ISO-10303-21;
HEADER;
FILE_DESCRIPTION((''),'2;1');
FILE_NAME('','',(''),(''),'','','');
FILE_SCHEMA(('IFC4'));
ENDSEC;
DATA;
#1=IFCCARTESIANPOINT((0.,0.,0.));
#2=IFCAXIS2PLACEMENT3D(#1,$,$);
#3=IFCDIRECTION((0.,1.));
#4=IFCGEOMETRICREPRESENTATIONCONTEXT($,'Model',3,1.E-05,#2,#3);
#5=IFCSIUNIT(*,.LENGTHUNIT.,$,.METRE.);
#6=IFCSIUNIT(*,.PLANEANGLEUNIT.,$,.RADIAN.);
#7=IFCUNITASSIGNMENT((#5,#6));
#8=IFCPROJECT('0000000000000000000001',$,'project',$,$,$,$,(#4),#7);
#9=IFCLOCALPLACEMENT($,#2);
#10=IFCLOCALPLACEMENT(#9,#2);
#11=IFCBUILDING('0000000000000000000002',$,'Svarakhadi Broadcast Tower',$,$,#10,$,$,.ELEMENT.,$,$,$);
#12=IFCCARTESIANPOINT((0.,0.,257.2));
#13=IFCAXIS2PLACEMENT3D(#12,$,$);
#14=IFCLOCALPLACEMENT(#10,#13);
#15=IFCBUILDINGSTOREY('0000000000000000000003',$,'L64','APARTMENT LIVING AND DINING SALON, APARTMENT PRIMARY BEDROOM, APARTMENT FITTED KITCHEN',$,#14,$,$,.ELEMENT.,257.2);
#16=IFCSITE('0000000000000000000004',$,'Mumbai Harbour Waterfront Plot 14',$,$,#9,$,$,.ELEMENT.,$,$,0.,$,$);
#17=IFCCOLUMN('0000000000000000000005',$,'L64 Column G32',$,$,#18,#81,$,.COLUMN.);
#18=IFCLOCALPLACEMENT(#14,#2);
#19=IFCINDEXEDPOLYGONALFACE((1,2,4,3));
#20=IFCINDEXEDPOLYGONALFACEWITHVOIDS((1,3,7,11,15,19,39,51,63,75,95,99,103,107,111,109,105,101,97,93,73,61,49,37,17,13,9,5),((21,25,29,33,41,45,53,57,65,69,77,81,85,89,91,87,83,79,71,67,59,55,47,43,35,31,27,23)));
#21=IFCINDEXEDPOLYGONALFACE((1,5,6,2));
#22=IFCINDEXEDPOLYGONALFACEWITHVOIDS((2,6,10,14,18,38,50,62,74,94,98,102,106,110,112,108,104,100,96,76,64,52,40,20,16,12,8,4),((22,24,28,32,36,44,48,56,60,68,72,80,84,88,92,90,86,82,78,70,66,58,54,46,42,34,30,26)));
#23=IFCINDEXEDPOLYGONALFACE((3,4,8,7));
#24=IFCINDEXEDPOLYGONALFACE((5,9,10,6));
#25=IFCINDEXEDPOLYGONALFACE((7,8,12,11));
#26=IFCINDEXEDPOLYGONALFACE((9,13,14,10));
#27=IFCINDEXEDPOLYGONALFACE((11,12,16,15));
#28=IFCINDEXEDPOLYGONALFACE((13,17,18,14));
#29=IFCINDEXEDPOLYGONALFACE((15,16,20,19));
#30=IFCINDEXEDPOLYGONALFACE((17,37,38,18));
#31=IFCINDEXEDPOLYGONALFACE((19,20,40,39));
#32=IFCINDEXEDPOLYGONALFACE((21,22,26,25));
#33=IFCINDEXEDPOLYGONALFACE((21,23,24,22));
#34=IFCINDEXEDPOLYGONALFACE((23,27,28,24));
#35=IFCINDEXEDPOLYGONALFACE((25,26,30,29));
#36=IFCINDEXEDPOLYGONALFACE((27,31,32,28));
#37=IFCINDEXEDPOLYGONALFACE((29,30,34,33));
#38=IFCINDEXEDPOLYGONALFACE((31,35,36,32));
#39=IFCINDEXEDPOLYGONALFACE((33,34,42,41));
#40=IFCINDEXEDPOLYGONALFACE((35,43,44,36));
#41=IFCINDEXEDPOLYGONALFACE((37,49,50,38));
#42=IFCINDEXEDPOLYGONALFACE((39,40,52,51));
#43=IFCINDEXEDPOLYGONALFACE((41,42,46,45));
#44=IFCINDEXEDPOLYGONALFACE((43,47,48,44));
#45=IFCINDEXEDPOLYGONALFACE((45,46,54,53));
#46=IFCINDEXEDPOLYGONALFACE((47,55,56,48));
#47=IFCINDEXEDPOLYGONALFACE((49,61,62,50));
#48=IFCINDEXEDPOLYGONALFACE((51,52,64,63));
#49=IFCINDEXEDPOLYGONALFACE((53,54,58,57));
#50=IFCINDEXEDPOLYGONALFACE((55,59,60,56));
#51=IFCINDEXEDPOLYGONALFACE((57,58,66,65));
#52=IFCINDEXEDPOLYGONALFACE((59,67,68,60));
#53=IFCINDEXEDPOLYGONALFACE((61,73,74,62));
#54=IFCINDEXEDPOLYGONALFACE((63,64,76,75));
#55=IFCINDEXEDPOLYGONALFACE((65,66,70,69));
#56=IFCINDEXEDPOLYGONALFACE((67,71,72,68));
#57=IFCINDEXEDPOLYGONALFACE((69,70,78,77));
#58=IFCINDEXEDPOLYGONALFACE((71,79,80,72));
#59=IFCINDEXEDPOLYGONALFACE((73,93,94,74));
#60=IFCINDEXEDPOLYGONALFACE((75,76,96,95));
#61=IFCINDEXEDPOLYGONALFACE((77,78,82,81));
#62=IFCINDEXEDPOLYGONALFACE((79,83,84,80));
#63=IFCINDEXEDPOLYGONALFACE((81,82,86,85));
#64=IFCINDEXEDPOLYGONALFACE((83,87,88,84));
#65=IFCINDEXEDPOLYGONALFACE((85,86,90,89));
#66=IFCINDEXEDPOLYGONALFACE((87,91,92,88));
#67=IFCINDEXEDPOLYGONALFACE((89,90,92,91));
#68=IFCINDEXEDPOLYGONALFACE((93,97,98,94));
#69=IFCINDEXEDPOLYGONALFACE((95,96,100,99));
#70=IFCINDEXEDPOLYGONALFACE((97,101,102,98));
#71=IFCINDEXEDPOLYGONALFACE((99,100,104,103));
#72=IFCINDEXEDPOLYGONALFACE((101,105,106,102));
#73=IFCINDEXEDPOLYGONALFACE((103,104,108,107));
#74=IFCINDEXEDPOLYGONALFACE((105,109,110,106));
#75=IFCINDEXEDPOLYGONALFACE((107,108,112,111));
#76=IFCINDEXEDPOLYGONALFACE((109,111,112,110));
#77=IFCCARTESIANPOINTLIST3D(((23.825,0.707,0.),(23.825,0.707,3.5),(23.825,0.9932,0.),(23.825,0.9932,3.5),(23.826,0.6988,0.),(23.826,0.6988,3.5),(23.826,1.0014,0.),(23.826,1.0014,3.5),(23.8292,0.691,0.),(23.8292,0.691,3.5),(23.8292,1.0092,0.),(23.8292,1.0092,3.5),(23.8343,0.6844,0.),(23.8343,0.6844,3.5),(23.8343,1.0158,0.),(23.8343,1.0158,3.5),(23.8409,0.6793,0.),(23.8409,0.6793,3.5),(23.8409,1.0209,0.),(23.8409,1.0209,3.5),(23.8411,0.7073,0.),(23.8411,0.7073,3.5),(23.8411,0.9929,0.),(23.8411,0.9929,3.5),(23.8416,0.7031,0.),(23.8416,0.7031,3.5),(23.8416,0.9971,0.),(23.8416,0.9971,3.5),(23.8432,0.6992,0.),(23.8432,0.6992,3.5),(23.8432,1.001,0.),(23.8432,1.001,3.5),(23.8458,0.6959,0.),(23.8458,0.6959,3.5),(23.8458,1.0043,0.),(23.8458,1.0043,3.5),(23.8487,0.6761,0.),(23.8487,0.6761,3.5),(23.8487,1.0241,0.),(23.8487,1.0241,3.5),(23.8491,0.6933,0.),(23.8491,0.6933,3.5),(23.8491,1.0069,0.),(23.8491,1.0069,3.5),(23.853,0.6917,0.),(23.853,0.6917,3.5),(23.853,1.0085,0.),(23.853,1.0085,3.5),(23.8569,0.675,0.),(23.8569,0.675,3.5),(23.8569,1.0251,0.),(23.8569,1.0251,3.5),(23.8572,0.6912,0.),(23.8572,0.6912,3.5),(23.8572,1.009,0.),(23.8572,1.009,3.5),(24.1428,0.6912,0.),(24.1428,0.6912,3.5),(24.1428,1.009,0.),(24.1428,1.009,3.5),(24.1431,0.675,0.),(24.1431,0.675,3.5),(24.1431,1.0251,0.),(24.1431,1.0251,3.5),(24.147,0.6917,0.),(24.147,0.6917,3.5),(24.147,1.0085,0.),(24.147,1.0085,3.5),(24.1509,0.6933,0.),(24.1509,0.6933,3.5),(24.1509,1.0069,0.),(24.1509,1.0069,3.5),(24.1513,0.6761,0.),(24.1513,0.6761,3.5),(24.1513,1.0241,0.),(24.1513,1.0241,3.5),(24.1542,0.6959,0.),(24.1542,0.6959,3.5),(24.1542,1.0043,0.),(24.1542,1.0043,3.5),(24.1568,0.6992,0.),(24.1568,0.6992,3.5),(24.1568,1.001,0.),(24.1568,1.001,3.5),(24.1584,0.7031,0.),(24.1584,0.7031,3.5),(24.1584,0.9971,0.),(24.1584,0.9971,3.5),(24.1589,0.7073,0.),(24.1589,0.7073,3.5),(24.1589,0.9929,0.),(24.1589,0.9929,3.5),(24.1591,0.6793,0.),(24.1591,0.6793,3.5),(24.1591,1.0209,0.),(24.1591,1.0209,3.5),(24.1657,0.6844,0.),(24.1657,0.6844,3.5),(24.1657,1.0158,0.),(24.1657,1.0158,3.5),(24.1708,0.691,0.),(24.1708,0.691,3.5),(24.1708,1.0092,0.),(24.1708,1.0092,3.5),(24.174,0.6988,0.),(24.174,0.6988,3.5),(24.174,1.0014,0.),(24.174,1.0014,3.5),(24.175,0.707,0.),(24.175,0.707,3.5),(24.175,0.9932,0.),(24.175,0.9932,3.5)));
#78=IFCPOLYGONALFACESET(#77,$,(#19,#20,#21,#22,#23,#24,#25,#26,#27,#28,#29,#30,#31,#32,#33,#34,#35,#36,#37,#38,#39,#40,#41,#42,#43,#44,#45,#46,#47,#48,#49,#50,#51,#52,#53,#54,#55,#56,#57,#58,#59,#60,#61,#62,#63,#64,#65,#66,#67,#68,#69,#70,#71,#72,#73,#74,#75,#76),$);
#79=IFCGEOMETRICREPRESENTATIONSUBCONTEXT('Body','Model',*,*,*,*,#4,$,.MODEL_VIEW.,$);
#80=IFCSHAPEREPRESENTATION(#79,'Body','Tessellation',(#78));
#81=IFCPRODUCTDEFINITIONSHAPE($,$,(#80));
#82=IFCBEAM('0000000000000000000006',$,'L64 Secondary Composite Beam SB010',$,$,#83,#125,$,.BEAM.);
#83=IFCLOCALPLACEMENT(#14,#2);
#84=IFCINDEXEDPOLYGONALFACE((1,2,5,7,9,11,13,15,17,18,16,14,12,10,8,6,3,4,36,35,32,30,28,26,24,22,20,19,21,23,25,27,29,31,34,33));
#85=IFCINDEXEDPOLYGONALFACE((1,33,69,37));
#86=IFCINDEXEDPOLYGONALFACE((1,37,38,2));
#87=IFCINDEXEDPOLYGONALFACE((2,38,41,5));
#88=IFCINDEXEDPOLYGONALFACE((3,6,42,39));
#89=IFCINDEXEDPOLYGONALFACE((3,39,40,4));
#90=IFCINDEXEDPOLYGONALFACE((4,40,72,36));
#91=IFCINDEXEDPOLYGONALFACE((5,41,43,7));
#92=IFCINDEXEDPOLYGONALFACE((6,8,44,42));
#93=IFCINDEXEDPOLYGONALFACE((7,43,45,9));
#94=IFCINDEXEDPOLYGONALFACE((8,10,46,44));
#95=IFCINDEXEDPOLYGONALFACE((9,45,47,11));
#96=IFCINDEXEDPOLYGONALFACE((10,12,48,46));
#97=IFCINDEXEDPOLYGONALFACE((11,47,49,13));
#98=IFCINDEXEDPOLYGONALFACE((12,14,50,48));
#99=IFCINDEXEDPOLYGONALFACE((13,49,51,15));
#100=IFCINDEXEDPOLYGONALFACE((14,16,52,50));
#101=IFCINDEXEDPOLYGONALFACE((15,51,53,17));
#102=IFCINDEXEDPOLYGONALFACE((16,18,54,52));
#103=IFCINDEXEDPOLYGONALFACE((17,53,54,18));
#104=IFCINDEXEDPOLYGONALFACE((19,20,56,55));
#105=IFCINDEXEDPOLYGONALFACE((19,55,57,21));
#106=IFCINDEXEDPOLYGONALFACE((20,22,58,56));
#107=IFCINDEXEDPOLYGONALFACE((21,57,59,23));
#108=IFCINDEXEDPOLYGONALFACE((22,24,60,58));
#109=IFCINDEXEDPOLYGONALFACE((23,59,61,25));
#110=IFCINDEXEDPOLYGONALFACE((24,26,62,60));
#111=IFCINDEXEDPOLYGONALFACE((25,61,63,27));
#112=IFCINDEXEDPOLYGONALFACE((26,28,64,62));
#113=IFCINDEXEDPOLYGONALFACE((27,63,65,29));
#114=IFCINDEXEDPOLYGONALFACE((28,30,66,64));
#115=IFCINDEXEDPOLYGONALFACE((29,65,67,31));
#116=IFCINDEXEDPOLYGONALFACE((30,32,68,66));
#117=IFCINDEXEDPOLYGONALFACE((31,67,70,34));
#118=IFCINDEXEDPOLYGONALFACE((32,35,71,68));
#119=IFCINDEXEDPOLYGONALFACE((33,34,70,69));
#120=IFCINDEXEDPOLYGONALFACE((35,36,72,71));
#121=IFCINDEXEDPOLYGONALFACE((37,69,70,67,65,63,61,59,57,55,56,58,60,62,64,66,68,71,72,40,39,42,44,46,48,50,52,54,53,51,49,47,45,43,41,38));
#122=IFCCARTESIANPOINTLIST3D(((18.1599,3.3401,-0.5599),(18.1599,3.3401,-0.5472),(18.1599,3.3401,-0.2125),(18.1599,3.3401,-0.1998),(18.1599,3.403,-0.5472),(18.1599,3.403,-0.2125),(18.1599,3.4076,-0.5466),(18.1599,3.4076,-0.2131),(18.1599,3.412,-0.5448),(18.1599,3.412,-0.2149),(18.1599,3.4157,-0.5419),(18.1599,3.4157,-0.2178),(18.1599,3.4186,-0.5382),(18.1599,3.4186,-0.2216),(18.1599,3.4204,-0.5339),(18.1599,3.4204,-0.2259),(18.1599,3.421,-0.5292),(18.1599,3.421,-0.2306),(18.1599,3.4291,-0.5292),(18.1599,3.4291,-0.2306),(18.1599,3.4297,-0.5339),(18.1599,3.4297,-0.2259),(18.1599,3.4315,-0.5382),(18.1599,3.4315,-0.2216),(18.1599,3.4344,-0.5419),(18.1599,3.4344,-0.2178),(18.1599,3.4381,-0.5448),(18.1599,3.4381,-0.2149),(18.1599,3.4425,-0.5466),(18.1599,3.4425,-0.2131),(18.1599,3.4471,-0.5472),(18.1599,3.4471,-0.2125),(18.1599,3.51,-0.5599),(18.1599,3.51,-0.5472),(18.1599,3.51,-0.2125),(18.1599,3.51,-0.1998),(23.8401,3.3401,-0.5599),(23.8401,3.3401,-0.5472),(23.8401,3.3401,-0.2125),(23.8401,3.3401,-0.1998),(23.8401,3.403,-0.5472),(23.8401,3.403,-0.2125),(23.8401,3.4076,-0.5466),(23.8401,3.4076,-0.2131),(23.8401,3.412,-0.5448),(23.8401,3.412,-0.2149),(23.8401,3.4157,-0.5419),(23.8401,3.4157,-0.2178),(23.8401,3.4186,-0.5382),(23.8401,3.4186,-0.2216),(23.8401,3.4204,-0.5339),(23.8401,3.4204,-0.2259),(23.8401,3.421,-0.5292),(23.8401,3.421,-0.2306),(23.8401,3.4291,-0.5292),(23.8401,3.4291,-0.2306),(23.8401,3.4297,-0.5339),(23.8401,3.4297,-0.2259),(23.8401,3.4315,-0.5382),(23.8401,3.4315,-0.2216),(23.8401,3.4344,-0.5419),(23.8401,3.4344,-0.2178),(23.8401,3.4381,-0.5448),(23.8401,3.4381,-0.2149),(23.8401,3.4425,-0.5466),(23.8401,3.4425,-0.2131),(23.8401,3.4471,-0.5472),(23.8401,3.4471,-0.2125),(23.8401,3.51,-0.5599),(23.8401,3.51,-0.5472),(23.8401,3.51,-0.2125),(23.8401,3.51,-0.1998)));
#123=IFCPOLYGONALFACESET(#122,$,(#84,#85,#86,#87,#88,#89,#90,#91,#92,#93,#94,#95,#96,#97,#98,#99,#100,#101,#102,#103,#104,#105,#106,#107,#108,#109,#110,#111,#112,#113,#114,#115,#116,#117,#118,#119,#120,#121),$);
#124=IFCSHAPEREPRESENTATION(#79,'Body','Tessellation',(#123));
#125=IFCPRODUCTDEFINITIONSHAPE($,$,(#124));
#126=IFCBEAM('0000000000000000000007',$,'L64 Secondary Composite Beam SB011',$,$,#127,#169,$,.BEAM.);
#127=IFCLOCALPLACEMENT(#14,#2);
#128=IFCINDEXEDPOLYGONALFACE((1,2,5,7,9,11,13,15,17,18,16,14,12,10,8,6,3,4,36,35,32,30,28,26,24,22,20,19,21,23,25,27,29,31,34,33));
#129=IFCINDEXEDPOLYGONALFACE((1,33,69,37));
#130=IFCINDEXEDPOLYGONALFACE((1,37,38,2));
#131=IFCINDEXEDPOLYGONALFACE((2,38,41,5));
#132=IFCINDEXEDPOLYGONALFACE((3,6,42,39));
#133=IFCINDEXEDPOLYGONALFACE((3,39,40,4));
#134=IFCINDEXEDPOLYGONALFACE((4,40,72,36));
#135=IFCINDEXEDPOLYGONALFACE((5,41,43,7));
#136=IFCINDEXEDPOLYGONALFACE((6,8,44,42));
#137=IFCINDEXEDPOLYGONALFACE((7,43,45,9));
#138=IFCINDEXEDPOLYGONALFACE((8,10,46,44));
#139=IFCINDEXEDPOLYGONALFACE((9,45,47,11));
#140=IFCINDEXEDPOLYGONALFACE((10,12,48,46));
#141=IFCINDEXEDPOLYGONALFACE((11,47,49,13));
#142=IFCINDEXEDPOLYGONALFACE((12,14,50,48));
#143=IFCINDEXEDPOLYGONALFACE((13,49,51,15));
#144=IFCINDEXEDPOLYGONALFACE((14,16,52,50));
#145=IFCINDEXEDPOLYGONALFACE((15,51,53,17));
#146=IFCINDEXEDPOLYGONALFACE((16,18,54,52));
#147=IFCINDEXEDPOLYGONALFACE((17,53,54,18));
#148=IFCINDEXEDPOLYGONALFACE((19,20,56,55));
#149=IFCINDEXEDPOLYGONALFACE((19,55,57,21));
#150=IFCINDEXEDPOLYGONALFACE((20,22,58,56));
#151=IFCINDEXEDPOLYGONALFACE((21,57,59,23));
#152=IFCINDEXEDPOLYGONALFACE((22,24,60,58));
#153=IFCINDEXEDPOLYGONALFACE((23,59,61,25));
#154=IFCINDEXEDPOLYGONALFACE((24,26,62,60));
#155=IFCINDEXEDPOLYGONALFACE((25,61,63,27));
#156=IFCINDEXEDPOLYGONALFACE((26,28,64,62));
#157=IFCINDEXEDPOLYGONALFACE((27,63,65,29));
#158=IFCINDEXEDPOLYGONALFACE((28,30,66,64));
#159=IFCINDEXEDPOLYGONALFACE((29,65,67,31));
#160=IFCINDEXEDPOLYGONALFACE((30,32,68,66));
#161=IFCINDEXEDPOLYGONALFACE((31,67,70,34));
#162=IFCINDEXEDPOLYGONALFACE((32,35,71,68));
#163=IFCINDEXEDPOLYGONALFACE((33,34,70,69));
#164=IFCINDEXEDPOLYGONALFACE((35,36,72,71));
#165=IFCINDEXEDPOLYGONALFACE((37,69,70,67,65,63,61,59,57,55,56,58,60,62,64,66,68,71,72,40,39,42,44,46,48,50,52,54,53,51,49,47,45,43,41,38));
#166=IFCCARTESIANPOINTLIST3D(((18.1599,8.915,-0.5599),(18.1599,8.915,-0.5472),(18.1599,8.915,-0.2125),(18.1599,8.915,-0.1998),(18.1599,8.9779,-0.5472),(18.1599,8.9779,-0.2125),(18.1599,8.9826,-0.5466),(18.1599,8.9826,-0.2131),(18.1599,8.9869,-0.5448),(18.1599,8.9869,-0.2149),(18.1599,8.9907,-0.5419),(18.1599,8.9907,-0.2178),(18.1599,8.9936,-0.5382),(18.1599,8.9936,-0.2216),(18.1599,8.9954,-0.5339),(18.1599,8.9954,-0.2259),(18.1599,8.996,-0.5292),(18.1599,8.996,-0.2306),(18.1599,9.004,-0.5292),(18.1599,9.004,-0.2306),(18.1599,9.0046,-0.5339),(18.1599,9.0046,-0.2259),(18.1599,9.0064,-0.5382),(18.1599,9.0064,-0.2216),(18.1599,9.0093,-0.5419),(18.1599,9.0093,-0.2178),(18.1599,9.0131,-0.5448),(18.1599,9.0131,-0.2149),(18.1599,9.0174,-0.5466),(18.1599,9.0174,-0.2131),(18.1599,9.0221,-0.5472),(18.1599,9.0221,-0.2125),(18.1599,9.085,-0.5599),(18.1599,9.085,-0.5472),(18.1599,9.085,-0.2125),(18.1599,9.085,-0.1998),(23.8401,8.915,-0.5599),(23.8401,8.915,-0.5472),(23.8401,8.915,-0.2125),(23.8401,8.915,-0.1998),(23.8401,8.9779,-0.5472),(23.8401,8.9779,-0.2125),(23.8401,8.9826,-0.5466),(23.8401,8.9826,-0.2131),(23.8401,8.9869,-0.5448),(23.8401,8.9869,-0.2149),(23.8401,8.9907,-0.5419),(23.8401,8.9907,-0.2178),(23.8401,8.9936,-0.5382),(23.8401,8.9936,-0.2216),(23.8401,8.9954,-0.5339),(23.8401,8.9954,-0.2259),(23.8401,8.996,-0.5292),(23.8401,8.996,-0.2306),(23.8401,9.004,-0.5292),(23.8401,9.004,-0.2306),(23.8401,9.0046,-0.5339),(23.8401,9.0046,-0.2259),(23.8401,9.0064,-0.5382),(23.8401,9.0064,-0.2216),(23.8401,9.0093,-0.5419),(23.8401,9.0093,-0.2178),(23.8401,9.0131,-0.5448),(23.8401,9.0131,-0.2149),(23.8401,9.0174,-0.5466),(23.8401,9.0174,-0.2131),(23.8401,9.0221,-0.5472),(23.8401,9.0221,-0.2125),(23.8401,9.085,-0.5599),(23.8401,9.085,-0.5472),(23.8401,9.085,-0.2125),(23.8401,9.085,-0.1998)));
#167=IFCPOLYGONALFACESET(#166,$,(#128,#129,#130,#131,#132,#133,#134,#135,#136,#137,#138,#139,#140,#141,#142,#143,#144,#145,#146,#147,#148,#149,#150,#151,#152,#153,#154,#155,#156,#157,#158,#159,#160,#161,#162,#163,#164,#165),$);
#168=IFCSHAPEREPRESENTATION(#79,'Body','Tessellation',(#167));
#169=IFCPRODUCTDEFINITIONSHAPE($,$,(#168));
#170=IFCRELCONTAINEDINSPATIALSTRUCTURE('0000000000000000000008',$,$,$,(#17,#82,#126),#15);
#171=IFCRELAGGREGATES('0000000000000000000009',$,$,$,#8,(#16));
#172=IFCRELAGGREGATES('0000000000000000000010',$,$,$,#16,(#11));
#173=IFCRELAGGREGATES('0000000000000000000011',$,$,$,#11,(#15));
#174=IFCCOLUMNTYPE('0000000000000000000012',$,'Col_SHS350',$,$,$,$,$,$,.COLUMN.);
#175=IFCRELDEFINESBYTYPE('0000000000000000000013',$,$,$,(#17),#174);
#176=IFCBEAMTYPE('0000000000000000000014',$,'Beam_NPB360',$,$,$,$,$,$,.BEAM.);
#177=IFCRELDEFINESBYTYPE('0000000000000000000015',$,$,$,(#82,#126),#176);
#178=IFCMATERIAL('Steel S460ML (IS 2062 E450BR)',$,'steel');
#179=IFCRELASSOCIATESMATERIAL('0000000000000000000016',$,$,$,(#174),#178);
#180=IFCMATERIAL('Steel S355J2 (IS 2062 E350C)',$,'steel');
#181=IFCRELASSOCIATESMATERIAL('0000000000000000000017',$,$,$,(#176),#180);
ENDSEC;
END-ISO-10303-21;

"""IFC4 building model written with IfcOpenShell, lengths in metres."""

from ifc_helpers import new_model, si_unit, direction, frame, origin, origin_2d, place, context, subcontext, project, spatial, hollow_rectangle, i_section, extrude, material, material_profile, profile_set, type_object, element, save


model = new_model("IFC4")

# Units and contexts
model_context = context("Model", 3, precision=1e-05, world=origin(), true_north=direction((0.0, 1.0)))
body_context = subcontext(model_context, "Body", "Model", "MODEL_VIEW")
ifc_project = project(units=[si_unit("LENGTHUNIT", "METRE"), si_unit("PLANEANGLEUNIT", "RADIAN")], contexts=[model_context])

# Site, building, storey
site_placement = place(None, origin())
site = spatial("IfcSite", under=ifc_project, at=site_placement, Name="Mumbai Harbour Waterfront Plot 14", CompositionType="ELEMENT", RefElevation=0.0)
building_placement = place(site_placement, origin())
building = spatial("IfcBuilding", under=site, at=building_placement, Name="Svarakhadi Broadcast Tower", CompositionType="ELEMENT")
storey_placement = place(building_placement, frame((0.0, 0.0, 257.2)))
storey = spatial("IfcBuildingStorey", under=building, at=storey_placement, Name="L64", Description="APARTMENT LIVING AND DINING SALON, APARTMENT PRIMARY BEDROOM, APARTMENT FITTED KITCHEN", CompositionType="ELEMENT", Elevation=257.2)

# Column
ifc_material_1 = material(Name="Steel S460ML (IS 2062 E450BR)", Category="steel")
ifc_material_profile_1 = material_profile(ifc_material_1, hollow_rectangle(XDim=0.3501, YDim=0.3501, WallThickness=0.0161, InnerFilletRadius=0.0161, OuterFilletRadius=0.032, at=origin_2d()), Name="SHS 350x350x16")
ifc_profile_set_1 = profile_set([ifc_material_profile_1], Name="Steel S460ML (IS 2062 E450BR)")
column_type_1 = type_object("IfcColumnType", Name="Col_SHS350", PredefinedType="COLUMN", material=ifc_profile_set_1)
for number, where, z_axis, x_axis, name in (
    (1, (24.0, 0.8501, 0.0), (0.0, 0.0, 1.0), (1.0, 0.0, 0.0), "L64 Column G32"),
):
    element("IfcColumn", number, at=place(storey_placement, frame(where, z_axis=z_axis, x_axis=x_axis)), inside=storey, type_object=column_type_1, Name=name, PredefinedType="COLUMN", context=body_context, shape_type="SweptSolid", body=[
        extrude(hollow_rectangle(XDim=0.3501, YDim=0.3501, WallThickness=0.0161, InnerFilletRadius=0.0161, OuterFilletRadius=0.032, at=origin_2d()), origin(), (0.0, 0.0, 1.0), 3.5),
    ])

# Beams
ifc_material_2 = material(Name="Steel S355J2 (IS 2062 E350C)", Category="steel")
ifc_material_profile_2 = material_profile(ifc_material_2, i_section(OverallWidth=0.1699, OverallDepth=0.3601, WebThickness=0.0081, FlangeThickness=0.0127, FilletRadius=0.0181, at=origin_2d()), Name="NPB 360x170x57")
ifc_profile_set_2 = profile_set([ifc_material_profile_2], Name="Steel S355J2 (IS 2062 E350C)")
beam_type_1 = type_object("IfcBeamType", Name="Beam_NPB360", PredefinedType="BEAM", material=ifc_profile_set_2)
for number, where, z_axis, x_axis, name in (
    (2, (18.1599, 3.425, -0.3799), (1.0, 0.0, 0.0), (0.0, 1.0, 0.0), "L64 Secondary Composite Beam SB010"),
    (3, (18.1599, 9.0, -0.3799), (1.0, 0.0, 0.0), (0.0, 1.0, 0.0), "L64 Secondary Composite Beam SB011"),
):
    element("IfcBeam", number, at=place(storey_placement, frame(where, z_axis=z_axis, x_axis=x_axis)), inside=storey, type_object=beam_type_1, Name=name, PredefinedType="BEAM", context=body_context, shape_type="SweptSolid", body=[
        extrude(i_section(OverallWidth=0.1699, OverallDepth=0.3601, WebThickness=0.0081, FlangeThickness=0.0127, FilletRadius=0.0181, at=origin_2d()), origin(), (0.0, 0.0, 1.0), 5.6802),
    ])

save(model, "model.ifc")
